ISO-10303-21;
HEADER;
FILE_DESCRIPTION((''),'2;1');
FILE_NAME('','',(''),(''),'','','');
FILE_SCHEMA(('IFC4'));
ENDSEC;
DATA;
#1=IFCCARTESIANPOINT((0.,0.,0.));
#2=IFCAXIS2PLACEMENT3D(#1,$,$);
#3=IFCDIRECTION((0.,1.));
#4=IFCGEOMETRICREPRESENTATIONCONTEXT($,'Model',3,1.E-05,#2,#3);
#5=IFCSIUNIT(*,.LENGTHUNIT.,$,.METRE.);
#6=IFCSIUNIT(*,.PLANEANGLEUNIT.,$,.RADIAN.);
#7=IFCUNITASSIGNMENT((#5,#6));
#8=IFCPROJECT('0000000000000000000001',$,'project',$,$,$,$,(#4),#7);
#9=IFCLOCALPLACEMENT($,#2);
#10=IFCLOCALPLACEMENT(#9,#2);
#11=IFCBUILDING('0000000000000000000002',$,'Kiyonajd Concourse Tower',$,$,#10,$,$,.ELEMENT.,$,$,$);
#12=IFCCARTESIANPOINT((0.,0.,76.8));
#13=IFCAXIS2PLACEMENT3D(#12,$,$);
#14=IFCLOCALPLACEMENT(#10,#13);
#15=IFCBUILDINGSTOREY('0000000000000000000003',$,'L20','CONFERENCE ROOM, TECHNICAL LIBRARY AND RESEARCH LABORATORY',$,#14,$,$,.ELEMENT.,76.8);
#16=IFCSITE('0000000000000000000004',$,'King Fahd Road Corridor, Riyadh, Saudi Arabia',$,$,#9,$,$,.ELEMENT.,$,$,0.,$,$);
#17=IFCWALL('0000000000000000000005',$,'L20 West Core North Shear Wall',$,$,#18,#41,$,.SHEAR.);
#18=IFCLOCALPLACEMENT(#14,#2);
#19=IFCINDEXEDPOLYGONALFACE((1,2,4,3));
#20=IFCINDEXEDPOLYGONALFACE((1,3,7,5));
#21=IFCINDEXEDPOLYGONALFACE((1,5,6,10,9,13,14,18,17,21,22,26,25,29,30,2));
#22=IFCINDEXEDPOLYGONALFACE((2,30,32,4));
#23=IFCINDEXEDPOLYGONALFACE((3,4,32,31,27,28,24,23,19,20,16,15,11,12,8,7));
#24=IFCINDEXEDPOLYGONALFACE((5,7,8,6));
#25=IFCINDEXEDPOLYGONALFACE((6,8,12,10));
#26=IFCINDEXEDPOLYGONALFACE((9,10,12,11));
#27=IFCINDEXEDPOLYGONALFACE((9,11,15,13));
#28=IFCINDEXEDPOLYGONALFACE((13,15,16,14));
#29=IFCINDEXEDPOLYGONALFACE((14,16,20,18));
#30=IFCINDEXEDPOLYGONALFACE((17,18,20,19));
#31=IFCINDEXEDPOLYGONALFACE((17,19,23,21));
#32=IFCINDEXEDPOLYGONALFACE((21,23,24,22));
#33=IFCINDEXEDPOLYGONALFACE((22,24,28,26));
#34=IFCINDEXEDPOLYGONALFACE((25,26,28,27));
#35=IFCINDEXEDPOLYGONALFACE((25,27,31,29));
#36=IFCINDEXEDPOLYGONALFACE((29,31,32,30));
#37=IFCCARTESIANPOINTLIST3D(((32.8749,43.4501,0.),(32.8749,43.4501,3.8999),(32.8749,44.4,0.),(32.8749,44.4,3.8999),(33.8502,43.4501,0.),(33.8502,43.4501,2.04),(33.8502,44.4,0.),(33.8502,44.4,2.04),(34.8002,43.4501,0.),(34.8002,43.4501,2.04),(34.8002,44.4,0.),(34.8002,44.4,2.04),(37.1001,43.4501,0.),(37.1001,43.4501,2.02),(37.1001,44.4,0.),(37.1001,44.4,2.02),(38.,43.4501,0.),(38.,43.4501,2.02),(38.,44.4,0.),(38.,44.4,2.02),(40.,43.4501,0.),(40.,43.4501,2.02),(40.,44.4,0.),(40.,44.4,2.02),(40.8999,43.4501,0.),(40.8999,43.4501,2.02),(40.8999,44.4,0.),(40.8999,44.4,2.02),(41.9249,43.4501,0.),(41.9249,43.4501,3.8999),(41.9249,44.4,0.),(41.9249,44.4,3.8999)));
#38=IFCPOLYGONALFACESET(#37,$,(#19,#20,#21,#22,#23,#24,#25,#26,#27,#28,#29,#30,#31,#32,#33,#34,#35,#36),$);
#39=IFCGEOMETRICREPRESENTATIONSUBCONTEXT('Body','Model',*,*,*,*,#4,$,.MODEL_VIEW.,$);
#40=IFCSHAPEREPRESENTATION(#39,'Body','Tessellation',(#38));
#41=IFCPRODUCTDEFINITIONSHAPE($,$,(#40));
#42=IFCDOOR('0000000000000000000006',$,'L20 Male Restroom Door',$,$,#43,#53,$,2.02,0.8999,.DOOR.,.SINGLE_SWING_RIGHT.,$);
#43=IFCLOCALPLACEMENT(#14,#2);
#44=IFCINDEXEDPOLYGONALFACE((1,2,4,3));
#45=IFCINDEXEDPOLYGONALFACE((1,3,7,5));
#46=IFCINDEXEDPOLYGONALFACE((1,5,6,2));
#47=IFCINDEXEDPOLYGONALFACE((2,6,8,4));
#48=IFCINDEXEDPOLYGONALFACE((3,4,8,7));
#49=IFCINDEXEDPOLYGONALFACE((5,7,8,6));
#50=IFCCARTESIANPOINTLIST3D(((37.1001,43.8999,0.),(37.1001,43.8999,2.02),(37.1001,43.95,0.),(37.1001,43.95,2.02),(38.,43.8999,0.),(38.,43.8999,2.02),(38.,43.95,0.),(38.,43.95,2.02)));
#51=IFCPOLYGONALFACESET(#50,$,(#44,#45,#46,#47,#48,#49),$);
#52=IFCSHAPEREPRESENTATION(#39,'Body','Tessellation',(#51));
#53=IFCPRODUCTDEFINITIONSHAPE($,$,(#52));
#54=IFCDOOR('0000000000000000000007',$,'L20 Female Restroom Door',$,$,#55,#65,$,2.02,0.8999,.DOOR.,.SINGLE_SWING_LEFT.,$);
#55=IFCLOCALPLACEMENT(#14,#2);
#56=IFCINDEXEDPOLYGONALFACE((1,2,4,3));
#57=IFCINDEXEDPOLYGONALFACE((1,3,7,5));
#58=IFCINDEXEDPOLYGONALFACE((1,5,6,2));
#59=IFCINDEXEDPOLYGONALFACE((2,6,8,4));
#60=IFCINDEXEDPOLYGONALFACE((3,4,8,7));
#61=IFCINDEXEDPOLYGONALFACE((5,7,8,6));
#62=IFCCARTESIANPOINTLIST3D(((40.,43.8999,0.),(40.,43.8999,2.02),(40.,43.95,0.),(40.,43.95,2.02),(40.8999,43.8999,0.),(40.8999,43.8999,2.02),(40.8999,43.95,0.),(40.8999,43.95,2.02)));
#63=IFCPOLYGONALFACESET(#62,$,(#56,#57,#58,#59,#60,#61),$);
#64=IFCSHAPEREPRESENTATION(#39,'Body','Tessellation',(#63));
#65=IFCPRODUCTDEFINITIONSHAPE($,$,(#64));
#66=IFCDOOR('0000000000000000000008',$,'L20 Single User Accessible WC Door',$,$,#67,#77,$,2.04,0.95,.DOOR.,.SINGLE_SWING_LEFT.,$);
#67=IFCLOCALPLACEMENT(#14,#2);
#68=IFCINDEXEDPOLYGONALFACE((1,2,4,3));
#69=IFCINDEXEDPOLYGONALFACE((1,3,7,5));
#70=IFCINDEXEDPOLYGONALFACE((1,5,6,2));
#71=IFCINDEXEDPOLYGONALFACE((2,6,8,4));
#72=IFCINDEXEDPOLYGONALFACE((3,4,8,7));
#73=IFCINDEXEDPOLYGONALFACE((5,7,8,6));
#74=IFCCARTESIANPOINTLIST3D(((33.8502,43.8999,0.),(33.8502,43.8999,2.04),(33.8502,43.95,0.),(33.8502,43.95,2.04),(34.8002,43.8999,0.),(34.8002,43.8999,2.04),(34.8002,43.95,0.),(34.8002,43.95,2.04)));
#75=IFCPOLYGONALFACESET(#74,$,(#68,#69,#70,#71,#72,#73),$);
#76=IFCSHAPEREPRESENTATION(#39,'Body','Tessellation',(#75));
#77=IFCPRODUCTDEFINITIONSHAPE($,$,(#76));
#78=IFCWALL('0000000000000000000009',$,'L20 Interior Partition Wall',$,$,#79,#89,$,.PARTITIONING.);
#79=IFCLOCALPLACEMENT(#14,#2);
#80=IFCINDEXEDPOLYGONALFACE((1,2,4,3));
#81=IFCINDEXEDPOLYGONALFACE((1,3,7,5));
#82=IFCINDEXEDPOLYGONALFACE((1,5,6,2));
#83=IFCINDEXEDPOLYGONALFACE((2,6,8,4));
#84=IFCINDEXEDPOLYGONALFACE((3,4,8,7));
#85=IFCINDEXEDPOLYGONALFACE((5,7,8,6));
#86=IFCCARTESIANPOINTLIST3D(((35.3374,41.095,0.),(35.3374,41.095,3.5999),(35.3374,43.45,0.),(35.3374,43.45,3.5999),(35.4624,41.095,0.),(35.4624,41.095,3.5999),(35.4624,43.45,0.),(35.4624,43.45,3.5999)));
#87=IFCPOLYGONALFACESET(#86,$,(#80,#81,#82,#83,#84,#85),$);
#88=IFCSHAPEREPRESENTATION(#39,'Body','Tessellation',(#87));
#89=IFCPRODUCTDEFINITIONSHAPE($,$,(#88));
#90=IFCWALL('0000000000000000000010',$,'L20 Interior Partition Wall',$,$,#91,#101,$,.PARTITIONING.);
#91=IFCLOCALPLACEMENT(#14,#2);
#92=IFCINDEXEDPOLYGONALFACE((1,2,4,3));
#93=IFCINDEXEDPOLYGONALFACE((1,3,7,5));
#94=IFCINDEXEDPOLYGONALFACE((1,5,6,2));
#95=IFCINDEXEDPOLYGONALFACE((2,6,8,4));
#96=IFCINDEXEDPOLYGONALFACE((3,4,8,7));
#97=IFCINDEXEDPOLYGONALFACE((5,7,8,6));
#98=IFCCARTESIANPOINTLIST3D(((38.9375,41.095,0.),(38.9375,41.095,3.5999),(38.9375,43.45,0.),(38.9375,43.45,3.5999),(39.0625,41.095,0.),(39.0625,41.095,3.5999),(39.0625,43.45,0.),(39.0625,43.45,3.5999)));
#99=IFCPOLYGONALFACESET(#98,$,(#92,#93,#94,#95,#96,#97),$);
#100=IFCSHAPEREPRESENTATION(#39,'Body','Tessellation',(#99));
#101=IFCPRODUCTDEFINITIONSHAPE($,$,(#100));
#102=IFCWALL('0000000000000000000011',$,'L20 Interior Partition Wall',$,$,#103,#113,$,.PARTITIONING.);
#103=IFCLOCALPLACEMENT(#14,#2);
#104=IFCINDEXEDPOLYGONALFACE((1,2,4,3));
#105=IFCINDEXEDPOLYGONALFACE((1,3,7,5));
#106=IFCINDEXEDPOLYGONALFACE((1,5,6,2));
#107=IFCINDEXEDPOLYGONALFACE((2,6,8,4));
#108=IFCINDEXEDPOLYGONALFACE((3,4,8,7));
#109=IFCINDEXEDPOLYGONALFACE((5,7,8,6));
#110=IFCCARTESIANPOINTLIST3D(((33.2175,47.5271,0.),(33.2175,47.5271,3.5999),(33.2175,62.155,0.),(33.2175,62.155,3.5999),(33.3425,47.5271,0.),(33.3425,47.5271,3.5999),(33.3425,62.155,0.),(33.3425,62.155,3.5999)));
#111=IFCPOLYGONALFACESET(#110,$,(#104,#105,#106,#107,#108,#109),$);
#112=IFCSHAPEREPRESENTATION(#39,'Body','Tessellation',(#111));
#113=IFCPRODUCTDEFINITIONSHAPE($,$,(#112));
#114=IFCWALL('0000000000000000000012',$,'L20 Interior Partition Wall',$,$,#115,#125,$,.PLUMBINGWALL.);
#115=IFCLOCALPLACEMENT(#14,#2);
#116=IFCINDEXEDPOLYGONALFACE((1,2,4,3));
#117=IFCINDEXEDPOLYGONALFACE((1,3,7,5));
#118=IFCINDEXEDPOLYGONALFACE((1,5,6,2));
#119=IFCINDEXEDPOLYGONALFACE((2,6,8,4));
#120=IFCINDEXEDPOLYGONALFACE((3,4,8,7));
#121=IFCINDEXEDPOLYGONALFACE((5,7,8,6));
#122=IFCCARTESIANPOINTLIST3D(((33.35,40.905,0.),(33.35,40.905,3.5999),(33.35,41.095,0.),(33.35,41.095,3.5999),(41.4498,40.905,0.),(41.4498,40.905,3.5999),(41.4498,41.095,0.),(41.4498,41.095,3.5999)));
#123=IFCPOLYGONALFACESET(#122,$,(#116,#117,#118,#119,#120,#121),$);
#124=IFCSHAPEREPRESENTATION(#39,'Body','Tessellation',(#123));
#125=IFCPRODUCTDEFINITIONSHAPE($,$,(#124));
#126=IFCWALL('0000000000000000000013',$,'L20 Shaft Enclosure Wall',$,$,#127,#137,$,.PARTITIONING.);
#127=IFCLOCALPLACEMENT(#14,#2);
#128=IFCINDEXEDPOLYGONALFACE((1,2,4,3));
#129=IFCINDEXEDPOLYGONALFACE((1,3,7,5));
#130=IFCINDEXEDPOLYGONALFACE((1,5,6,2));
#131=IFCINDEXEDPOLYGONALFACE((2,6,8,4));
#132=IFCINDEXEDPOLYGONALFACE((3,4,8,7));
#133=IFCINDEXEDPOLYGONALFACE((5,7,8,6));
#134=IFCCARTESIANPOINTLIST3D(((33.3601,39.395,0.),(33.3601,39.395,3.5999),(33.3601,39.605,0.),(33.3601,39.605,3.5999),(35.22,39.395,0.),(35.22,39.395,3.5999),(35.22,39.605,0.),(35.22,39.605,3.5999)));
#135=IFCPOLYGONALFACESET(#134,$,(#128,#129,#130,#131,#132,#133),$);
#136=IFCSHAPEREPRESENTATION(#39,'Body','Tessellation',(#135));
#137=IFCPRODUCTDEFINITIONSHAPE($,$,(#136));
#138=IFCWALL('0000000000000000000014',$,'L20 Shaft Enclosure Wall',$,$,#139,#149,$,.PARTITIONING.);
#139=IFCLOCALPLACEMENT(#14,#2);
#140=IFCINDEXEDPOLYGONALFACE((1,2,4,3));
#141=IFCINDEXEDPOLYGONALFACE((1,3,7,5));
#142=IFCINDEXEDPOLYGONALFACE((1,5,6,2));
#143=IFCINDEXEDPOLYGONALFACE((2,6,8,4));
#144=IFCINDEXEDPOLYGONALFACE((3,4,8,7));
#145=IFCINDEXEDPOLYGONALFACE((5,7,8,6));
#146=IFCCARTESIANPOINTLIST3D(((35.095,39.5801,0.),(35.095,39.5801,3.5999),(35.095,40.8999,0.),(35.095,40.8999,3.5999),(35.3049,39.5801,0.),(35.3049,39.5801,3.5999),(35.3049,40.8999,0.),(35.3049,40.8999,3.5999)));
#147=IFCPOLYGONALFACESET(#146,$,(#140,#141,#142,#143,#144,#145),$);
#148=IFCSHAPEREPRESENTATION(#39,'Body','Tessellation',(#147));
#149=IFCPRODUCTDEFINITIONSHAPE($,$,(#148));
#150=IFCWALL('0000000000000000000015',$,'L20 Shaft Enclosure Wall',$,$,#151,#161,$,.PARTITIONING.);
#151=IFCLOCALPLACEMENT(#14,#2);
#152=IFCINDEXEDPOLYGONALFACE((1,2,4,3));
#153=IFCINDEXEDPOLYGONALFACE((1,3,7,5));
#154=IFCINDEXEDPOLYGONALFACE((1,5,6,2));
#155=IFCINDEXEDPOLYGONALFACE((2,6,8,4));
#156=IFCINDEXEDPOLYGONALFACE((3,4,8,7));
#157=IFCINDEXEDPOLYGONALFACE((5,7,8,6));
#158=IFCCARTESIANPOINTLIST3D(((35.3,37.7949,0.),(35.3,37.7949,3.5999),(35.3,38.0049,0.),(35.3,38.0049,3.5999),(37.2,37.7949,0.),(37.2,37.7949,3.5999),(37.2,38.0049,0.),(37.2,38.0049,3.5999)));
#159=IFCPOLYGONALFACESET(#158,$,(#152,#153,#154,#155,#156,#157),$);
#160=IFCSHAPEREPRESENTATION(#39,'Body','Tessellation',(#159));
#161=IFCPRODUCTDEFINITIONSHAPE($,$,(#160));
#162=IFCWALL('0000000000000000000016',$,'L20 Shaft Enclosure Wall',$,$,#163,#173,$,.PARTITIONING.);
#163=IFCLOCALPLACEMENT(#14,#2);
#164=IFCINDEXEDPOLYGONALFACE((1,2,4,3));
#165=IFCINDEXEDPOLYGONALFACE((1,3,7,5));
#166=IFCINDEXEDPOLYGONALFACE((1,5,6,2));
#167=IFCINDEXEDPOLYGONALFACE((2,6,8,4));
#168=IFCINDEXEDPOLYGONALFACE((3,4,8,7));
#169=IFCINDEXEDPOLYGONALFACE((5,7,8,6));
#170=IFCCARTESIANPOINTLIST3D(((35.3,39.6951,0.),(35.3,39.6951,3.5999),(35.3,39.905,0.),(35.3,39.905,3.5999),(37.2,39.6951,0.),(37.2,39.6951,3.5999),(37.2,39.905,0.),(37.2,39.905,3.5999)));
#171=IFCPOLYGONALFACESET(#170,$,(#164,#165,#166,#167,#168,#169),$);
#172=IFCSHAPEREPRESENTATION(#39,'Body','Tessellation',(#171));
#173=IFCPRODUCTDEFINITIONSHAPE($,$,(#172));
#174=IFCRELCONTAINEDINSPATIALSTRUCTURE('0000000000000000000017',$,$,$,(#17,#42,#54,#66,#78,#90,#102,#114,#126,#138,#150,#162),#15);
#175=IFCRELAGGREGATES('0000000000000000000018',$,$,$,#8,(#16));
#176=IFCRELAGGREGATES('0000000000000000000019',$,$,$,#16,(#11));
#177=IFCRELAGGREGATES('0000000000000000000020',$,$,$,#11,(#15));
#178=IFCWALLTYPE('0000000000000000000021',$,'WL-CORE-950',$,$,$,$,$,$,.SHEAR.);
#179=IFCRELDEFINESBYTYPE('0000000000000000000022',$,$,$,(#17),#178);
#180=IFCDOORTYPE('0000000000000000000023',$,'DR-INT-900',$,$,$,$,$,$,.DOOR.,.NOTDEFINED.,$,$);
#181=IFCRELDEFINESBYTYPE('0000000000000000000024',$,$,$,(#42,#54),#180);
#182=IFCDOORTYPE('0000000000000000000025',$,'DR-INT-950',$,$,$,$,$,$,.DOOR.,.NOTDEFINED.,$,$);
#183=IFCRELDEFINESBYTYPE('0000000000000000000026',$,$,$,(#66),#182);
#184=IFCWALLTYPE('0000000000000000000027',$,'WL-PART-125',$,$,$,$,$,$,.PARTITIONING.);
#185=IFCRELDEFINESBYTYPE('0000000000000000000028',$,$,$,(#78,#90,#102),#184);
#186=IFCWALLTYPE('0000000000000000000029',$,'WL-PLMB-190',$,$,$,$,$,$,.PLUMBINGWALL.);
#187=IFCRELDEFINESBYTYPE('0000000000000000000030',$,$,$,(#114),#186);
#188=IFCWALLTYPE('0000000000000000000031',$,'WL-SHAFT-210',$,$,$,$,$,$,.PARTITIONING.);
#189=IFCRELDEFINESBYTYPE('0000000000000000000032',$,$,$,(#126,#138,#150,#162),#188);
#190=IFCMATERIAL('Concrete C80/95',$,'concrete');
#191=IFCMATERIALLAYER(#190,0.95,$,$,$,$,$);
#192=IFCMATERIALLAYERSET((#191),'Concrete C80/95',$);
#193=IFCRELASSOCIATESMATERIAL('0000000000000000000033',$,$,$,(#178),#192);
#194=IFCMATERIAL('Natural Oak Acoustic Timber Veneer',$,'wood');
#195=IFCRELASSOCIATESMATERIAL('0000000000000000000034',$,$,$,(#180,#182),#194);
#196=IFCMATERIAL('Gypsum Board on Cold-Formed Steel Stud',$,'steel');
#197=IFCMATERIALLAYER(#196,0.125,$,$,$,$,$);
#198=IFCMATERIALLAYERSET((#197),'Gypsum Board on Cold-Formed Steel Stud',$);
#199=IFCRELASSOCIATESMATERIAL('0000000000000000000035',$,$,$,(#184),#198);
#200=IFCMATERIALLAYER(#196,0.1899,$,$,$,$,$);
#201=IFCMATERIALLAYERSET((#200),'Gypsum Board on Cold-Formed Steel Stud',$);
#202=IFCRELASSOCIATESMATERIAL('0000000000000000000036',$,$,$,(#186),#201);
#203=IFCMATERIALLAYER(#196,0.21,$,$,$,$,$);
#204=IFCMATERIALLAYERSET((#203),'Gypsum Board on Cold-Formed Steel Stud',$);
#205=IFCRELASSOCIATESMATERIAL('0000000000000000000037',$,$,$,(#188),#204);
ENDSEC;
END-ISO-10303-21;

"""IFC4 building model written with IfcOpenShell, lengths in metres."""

from ifc_helpers import new_model, si_unit, direction, frame, frame_2d, origin, place, context, subcontext, project, spatial, rectangle, extrude, material, layer, layer_set, type_object, element, fill, save


model = new_model("IFC4")

# Units and contexts
model_context = context("Model", 3, precision=1e-05, world=origin(), true_north=direction((0.0, 1.0)))
body_context = subcontext(model_context, "Body", "Model", "MODEL_VIEW")
ifc_project = project(units=[si_unit("LENGTHUNIT", "METRE"), si_unit("PLANEANGLEUNIT", "RADIAN")], contexts=[model_context])

# Site, building, storey
site_placement = place(None, origin())
site = spatial("IfcSite", under=ifc_project, at=site_placement, Name="King Fahd Road Corridor, Riyadh, Saudi Arabia", CompositionType="ELEMENT", RefElevation=0.0)
building_placement = place(site_placement, origin())
building = spatial("IfcBuilding", under=site, at=building_placement, Name="Kiyonajd Concourse Tower", CompositionType="ELEMENT")
storey_placement = place(building_placement, frame((0.0, 0.0, 76.8)))
storey = spatial("IfcBuildingStorey", under=building, at=storey_placement, Name="L20", Description="CONFERENCE ROOM, TECHNICAL LIBRARY AND RESEARCH LABORATORY", CompositionType="ELEMENT", Elevation=76.8)

# Shared definitions
ifc_material_1 = material(Name="Concrete C80/95", Category="concrete")
ifc_layer_1 = layer(ifc_material_1, 0.95)
ifc_layer_set_1 = layer_set([ifc_layer_1], Name="Concrete C80/95")
wall_type_1 = type_object("IfcWallType", Name="WL-CORE-950", PredefinedType="SHEAR", material=ifc_layer_set_1)

# Wall, openings, doors
wall_1_placement = place(storey_placement, frame((32.875, 43.925, 0.0), z_axis=(0.0, 0.0, 1.0), x_axis=(1.0, 0.0, 0.0)))
wall_1 = element("IfcWall", 1, at=wall_1_placement, inside=storey, type_object=wall_type_1, Name="L20 West Core North Shear Wall", PredefinedType="SHEAR", context=body_context, shape_type="SweptSolid", body=[
    extrude(rectangle(XDim=9.05, YDim=0.95, at=frame_2d((4.5249, 0.0))), origin(), (0.0, 0.0, 1.0), 3.8999),
])
opening_1_placement = place(wall_1_placement, frame((0.9751, 0.0, 0.0)))
opening_1 = element("IfcOpeningElement", 2, at=opening_1_placement, cuts=wall_1, PredefinedType="OPENING", context=body_context, shape_type="SweptSolid", body=[
    extrude(rectangle(XDim=0.95, YDim=2.04, at=frame_2d((0.4751, 1.02))), frame((0.0, 0.4849, 0.0), z_axis=(0.0, -1.0, 0.0), x_axis=(1.0, 0.0, 0.0)), (0.0, 0.0, 1.0), 0.97),
])
opening_2_placement = place(wall_1_placement, frame((4.2251, 0.0, 0.0)))
opening_2 = element("IfcOpeningElement", 3, at=opening_2_placement, cuts=wall_1, PredefinedType="OPENING", context=body_context, shape_type="SweptSolid", body=[
    extrude(rectangle(XDim=0.8999, YDim=2.02, at=frame_2d((0.45, 1.01))), frame((0.0, 0.4849, 0.0), z_axis=(0.0, -1.0, 0.0), x_axis=(1.0, 0.0, 0.0)), (0.0, 0.0, 1.0), 0.97),
])
opening_3_placement = place(wall_1_placement, frame((7.125, 0.0, 0.0)))
opening_3 = element("IfcOpeningElement", 4, at=opening_3_placement, cuts=wall_1, PredefinedType="OPENING", context=body_context, shape_type="SweptSolid", body=[
    extrude(rectangle(XDim=0.8999, YDim=2.02, at=frame_2d((0.45, 1.01))), frame((0.0, 0.4849, 0.0), z_axis=(0.0, -1.0, 0.0), x_axis=(1.0, 0.0, 0.0)), (0.0, 0.0, 1.0), 0.97),
])
ifc_material_2 = material(Name="Natural Oak Acoustic Timber Veneer", Category="wood")
door_type_1 = type_object("IfcDoorType", Name="DR-INT-900", OperationType="NOTDEFINED", PredefinedType="DOOR", material=ifc_material_2)
door_1_placement = place(opening_2_placement, origin())
door_1 = element("IfcDoor", 5, at=door_1_placement, inside=storey, type_object=door_type_1, Name="L20 Male Restroom Door", OperationType="SINGLE_SWING_RIGHT", OverallHeight=2.02, OverallWidth=0.8999, PredefinedType="DOOR", context=body_context, shape_type="SweptSolid", body=[
    extrude(rectangle(XDim=0.8999, YDim=2.02, at=frame_2d((0.45, 1.01))), frame((0.0, 0.0249, 0.0), z_axis=(0.0, -1.0, 0.0), x_axis=(1.0, 0.0, 0.0)), (0.0, 0.0, 1.0), 0.05),
])
fill(opening_2, door_1)
door_2_placement = place(opening_3_placement, origin())
door_2 = element("IfcDoor", 6, at=door_2_placement, inside=storey, type_object=door_type_1, Name="L20 Female Restroom Door", OperationType="SINGLE_SWING_LEFT", OverallHeight=2.02, OverallWidth=0.8999, PredefinedType="DOOR", context=body_context, shape_type="SweptSolid", body=[
    extrude(rectangle(XDim=0.8999, YDim=2.02, at=frame_2d((0.45, 1.01))), frame((0.0, 0.0249, 0.0), z_axis=(0.0, -1.0, 0.0), x_axis=(1.0, 0.0, 0.0)), (0.0, 0.0, 1.0), 0.05),
])
fill(opening_3, door_2)
door_type_2 = type_object("IfcDoorType", Name="DR-INT-950", OperationType="NOTDEFINED", PredefinedType="DOOR", material=ifc_material_2)
door_3_placement = place(opening_1_placement, origin())
door_3 = element("IfcDoor", 7, at=door_3_placement, inside=storey, type_object=door_type_2, Name="L20 Single User Accessible WC Door", OperationType="SINGLE_SWING_LEFT", OverallHeight=2.04, OverallWidth=0.95, PredefinedType="DOOR", context=body_context, shape_type="SweptSolid", body=[
    extrude(rectangle(XDim=0.95, YDim=2.04, at=frame_2d((0.4751, 1.02))), frame((0.0, 0.0249, 0.0), z_axis=(0.0, -1.0, 0.0), x_axis=(1.0, 0.0, 0.0)), (0.0, 0.0, 1.0), 0.05),
])
fill(opening_1, door_3)

# Walls
ifc_material_3 = material(Name="Gypsum Board on Cold-Formed Steel Stud", Category="steel")
ifc_layer_2 = layer(ifc_material_3, 0.125)
ifc_layer_set_2 = layer_set([ifc_layer_2], Name="Gypsum Board on Cold-Formed Steel Stud")
wall_type_2 = type_object("IfcWallType", Name="WL-PART-125", PredefinedType="PARTITIONING", material=ifc_layer_set_2)
for number, where, z_axis, x_axis, name in (
    (8, (35.3999, 41.095, 0.0), (0.0, 0.0, 1.0), (0.0, 1.0, 0.0), "L20 Interior Partition Wall"),
    (9, (39.0, 41.095, 0.0), (0.0, 0.0, 1.0), (0.0, 1.0, 0.0), "L20 Interior Partition Wall"),
):
    element("IfcWall", number, at=place(storey_placement, frame(where, z_axis=z_axis, x_axis=x_axis)), inside=storey, type_object=wall_type_2, Name=name, PredefinedType="PARTITIONING", context=body_context, shape_type="SweptSolid", body=[
        extrude(rectangle(XDim=2.355, YDim=0.125, at=frame_2d((1.1775, 0.0))), origin(), (0.0, 0.0, 1.0), 3.5999),
    ])
wall_2_placement = place(storey_placement, frame((33.28, 47.5271, 0.0), z_axis=(0.0, 0.0, 1.0), x_axis=(0.0, 1.0, 0.0)))
element("IfcWall", 10, at=wall_2_placement, inside=storey, type_object=wall_type_2, Name="L20 Interior Partition Wall", PredefinedType="PARTITIONING", context=body_context, shape_type="SweptSolid", body=[
    extrude(rectangle(XDim=14.6279, YDim=0.125, at=frame_2d((7.314, 0.0))), origin(), (0.0, 0.0, 1.0), 3.5999),
])
ifc_layer_3 = layer(ifc_material_3, 0.1899)
ifc_layer_set_3 = layer_set([ifc_layer_3], Name="Gypsum Board on Cold-Formed Steel Stud")
wall_type_3 = type_object("IfcWallType", Name="WL-PLMB-190", PredefinedType="PLUMBINGWALL", material=ifc_layer_set_3)
wall_3_placement = place(storey_placement, frame((33.3501, 41.0, 0.0), z_axis=(0.0, 0.0, 1.0), x_axis=(1.0, 0.0, 0.0)))
element("IfcWall", 11, at=wall_3_placement, inside=storey, type_object=wall_type_3, Name="L20 Interior Partition Wall", PredefinedType="PLUMBINGWALL", context=body_context, shape_type="SweptSolid", body=[
    extrude(rectangle(XDim=8.0999, YDim=0.1899, at=frame_2d((4.0498, 0.0))), origin(), (0.0, 0.0, 1.0), 3.5999),
])
ifc_layer_4 = layer(ifc_material_3, 0.21)
ifc_layer_set_4 = layer_set([ifc_layer_4], Name="Gypsum Board on Cold-Formed Steel Stud")
wall_type_4 = type_object("IfcWallType", Name="WL-SHAFT-210", PredefinedType="PARTITIONING", material=ifc_layer_set_4)
wall_4_placement = place(storey_placement, frame((33.3601, 39.5, 0.0), z_axis=(0.0, 0.0, 1.0), x_axis=(1.0, 0.0, 0.0)))
element("IfcWall", 12, at=wall_4_placement, inside=storey, type_object=wall_type_4, Name="L20 Shaft Enclosure Wall", PredefinedType="PARTITIONING", context=body_context, shape_type="SweptSolid", body=[
    extrude(rectangle(XDim=1.8599, YDim=0.21, at=frame_2d((0.9299, 0.0))), origin(), (0.0, 0.0, 1.0), 3.5999),
])
wall_5_placement = place(storey_placement, frame((35.2, 39.5801, 0.0), z_axis=(0.0, 0.0, 1.0), x_axis=(0.0, 1.0, 0.0)))
element("IfcWall", 13, at=wall_5_placement, inside=storey, type_object=wall_type_4, Name="L20 Shaft Enclosure Wall", PredefinedType="PARTITIONING", context=body_context, shape_type="SweptSolid", body=[
    extrude(rectangle(XDim=1.3198, YDim=0.21, at=frame_2d((0.6599, 0.0))), origin(), (0.0, 0.0, 1.0), 3.5999),
])
for number, where, z_axis, x_axis, name in (
    (14, (35.3, 37.8999, 0.0), (0.0, 0.0, 1.0), (1.0, 0.0, 0.0), "L20 Shaft Enclosure Wall"),
    (15, (35.3, 39.8, 0.0), (0.0, 0.0, 1.0), (1.0, 0.0, 0.0), "L20 Shaft Enclosure Wall"),
):
    element("IfcWall", number, at=place(storey_placement, frame(where, z_axis=z_axis, x_axis=x_axis)), inside=storey, type_object=wall_type_4, Name=name, PredefinedType="PARTITIONING", context=body_context, shape_type="SweptSolid", body=[
        extrude(rectangle(XDim=1.8999, YDim=0.21, at=frame_2d((0.95, 0.0))), origin(), (0.0, 0.0, 1.0), 3.5999),
    ])

save(model, "model.ifc")
